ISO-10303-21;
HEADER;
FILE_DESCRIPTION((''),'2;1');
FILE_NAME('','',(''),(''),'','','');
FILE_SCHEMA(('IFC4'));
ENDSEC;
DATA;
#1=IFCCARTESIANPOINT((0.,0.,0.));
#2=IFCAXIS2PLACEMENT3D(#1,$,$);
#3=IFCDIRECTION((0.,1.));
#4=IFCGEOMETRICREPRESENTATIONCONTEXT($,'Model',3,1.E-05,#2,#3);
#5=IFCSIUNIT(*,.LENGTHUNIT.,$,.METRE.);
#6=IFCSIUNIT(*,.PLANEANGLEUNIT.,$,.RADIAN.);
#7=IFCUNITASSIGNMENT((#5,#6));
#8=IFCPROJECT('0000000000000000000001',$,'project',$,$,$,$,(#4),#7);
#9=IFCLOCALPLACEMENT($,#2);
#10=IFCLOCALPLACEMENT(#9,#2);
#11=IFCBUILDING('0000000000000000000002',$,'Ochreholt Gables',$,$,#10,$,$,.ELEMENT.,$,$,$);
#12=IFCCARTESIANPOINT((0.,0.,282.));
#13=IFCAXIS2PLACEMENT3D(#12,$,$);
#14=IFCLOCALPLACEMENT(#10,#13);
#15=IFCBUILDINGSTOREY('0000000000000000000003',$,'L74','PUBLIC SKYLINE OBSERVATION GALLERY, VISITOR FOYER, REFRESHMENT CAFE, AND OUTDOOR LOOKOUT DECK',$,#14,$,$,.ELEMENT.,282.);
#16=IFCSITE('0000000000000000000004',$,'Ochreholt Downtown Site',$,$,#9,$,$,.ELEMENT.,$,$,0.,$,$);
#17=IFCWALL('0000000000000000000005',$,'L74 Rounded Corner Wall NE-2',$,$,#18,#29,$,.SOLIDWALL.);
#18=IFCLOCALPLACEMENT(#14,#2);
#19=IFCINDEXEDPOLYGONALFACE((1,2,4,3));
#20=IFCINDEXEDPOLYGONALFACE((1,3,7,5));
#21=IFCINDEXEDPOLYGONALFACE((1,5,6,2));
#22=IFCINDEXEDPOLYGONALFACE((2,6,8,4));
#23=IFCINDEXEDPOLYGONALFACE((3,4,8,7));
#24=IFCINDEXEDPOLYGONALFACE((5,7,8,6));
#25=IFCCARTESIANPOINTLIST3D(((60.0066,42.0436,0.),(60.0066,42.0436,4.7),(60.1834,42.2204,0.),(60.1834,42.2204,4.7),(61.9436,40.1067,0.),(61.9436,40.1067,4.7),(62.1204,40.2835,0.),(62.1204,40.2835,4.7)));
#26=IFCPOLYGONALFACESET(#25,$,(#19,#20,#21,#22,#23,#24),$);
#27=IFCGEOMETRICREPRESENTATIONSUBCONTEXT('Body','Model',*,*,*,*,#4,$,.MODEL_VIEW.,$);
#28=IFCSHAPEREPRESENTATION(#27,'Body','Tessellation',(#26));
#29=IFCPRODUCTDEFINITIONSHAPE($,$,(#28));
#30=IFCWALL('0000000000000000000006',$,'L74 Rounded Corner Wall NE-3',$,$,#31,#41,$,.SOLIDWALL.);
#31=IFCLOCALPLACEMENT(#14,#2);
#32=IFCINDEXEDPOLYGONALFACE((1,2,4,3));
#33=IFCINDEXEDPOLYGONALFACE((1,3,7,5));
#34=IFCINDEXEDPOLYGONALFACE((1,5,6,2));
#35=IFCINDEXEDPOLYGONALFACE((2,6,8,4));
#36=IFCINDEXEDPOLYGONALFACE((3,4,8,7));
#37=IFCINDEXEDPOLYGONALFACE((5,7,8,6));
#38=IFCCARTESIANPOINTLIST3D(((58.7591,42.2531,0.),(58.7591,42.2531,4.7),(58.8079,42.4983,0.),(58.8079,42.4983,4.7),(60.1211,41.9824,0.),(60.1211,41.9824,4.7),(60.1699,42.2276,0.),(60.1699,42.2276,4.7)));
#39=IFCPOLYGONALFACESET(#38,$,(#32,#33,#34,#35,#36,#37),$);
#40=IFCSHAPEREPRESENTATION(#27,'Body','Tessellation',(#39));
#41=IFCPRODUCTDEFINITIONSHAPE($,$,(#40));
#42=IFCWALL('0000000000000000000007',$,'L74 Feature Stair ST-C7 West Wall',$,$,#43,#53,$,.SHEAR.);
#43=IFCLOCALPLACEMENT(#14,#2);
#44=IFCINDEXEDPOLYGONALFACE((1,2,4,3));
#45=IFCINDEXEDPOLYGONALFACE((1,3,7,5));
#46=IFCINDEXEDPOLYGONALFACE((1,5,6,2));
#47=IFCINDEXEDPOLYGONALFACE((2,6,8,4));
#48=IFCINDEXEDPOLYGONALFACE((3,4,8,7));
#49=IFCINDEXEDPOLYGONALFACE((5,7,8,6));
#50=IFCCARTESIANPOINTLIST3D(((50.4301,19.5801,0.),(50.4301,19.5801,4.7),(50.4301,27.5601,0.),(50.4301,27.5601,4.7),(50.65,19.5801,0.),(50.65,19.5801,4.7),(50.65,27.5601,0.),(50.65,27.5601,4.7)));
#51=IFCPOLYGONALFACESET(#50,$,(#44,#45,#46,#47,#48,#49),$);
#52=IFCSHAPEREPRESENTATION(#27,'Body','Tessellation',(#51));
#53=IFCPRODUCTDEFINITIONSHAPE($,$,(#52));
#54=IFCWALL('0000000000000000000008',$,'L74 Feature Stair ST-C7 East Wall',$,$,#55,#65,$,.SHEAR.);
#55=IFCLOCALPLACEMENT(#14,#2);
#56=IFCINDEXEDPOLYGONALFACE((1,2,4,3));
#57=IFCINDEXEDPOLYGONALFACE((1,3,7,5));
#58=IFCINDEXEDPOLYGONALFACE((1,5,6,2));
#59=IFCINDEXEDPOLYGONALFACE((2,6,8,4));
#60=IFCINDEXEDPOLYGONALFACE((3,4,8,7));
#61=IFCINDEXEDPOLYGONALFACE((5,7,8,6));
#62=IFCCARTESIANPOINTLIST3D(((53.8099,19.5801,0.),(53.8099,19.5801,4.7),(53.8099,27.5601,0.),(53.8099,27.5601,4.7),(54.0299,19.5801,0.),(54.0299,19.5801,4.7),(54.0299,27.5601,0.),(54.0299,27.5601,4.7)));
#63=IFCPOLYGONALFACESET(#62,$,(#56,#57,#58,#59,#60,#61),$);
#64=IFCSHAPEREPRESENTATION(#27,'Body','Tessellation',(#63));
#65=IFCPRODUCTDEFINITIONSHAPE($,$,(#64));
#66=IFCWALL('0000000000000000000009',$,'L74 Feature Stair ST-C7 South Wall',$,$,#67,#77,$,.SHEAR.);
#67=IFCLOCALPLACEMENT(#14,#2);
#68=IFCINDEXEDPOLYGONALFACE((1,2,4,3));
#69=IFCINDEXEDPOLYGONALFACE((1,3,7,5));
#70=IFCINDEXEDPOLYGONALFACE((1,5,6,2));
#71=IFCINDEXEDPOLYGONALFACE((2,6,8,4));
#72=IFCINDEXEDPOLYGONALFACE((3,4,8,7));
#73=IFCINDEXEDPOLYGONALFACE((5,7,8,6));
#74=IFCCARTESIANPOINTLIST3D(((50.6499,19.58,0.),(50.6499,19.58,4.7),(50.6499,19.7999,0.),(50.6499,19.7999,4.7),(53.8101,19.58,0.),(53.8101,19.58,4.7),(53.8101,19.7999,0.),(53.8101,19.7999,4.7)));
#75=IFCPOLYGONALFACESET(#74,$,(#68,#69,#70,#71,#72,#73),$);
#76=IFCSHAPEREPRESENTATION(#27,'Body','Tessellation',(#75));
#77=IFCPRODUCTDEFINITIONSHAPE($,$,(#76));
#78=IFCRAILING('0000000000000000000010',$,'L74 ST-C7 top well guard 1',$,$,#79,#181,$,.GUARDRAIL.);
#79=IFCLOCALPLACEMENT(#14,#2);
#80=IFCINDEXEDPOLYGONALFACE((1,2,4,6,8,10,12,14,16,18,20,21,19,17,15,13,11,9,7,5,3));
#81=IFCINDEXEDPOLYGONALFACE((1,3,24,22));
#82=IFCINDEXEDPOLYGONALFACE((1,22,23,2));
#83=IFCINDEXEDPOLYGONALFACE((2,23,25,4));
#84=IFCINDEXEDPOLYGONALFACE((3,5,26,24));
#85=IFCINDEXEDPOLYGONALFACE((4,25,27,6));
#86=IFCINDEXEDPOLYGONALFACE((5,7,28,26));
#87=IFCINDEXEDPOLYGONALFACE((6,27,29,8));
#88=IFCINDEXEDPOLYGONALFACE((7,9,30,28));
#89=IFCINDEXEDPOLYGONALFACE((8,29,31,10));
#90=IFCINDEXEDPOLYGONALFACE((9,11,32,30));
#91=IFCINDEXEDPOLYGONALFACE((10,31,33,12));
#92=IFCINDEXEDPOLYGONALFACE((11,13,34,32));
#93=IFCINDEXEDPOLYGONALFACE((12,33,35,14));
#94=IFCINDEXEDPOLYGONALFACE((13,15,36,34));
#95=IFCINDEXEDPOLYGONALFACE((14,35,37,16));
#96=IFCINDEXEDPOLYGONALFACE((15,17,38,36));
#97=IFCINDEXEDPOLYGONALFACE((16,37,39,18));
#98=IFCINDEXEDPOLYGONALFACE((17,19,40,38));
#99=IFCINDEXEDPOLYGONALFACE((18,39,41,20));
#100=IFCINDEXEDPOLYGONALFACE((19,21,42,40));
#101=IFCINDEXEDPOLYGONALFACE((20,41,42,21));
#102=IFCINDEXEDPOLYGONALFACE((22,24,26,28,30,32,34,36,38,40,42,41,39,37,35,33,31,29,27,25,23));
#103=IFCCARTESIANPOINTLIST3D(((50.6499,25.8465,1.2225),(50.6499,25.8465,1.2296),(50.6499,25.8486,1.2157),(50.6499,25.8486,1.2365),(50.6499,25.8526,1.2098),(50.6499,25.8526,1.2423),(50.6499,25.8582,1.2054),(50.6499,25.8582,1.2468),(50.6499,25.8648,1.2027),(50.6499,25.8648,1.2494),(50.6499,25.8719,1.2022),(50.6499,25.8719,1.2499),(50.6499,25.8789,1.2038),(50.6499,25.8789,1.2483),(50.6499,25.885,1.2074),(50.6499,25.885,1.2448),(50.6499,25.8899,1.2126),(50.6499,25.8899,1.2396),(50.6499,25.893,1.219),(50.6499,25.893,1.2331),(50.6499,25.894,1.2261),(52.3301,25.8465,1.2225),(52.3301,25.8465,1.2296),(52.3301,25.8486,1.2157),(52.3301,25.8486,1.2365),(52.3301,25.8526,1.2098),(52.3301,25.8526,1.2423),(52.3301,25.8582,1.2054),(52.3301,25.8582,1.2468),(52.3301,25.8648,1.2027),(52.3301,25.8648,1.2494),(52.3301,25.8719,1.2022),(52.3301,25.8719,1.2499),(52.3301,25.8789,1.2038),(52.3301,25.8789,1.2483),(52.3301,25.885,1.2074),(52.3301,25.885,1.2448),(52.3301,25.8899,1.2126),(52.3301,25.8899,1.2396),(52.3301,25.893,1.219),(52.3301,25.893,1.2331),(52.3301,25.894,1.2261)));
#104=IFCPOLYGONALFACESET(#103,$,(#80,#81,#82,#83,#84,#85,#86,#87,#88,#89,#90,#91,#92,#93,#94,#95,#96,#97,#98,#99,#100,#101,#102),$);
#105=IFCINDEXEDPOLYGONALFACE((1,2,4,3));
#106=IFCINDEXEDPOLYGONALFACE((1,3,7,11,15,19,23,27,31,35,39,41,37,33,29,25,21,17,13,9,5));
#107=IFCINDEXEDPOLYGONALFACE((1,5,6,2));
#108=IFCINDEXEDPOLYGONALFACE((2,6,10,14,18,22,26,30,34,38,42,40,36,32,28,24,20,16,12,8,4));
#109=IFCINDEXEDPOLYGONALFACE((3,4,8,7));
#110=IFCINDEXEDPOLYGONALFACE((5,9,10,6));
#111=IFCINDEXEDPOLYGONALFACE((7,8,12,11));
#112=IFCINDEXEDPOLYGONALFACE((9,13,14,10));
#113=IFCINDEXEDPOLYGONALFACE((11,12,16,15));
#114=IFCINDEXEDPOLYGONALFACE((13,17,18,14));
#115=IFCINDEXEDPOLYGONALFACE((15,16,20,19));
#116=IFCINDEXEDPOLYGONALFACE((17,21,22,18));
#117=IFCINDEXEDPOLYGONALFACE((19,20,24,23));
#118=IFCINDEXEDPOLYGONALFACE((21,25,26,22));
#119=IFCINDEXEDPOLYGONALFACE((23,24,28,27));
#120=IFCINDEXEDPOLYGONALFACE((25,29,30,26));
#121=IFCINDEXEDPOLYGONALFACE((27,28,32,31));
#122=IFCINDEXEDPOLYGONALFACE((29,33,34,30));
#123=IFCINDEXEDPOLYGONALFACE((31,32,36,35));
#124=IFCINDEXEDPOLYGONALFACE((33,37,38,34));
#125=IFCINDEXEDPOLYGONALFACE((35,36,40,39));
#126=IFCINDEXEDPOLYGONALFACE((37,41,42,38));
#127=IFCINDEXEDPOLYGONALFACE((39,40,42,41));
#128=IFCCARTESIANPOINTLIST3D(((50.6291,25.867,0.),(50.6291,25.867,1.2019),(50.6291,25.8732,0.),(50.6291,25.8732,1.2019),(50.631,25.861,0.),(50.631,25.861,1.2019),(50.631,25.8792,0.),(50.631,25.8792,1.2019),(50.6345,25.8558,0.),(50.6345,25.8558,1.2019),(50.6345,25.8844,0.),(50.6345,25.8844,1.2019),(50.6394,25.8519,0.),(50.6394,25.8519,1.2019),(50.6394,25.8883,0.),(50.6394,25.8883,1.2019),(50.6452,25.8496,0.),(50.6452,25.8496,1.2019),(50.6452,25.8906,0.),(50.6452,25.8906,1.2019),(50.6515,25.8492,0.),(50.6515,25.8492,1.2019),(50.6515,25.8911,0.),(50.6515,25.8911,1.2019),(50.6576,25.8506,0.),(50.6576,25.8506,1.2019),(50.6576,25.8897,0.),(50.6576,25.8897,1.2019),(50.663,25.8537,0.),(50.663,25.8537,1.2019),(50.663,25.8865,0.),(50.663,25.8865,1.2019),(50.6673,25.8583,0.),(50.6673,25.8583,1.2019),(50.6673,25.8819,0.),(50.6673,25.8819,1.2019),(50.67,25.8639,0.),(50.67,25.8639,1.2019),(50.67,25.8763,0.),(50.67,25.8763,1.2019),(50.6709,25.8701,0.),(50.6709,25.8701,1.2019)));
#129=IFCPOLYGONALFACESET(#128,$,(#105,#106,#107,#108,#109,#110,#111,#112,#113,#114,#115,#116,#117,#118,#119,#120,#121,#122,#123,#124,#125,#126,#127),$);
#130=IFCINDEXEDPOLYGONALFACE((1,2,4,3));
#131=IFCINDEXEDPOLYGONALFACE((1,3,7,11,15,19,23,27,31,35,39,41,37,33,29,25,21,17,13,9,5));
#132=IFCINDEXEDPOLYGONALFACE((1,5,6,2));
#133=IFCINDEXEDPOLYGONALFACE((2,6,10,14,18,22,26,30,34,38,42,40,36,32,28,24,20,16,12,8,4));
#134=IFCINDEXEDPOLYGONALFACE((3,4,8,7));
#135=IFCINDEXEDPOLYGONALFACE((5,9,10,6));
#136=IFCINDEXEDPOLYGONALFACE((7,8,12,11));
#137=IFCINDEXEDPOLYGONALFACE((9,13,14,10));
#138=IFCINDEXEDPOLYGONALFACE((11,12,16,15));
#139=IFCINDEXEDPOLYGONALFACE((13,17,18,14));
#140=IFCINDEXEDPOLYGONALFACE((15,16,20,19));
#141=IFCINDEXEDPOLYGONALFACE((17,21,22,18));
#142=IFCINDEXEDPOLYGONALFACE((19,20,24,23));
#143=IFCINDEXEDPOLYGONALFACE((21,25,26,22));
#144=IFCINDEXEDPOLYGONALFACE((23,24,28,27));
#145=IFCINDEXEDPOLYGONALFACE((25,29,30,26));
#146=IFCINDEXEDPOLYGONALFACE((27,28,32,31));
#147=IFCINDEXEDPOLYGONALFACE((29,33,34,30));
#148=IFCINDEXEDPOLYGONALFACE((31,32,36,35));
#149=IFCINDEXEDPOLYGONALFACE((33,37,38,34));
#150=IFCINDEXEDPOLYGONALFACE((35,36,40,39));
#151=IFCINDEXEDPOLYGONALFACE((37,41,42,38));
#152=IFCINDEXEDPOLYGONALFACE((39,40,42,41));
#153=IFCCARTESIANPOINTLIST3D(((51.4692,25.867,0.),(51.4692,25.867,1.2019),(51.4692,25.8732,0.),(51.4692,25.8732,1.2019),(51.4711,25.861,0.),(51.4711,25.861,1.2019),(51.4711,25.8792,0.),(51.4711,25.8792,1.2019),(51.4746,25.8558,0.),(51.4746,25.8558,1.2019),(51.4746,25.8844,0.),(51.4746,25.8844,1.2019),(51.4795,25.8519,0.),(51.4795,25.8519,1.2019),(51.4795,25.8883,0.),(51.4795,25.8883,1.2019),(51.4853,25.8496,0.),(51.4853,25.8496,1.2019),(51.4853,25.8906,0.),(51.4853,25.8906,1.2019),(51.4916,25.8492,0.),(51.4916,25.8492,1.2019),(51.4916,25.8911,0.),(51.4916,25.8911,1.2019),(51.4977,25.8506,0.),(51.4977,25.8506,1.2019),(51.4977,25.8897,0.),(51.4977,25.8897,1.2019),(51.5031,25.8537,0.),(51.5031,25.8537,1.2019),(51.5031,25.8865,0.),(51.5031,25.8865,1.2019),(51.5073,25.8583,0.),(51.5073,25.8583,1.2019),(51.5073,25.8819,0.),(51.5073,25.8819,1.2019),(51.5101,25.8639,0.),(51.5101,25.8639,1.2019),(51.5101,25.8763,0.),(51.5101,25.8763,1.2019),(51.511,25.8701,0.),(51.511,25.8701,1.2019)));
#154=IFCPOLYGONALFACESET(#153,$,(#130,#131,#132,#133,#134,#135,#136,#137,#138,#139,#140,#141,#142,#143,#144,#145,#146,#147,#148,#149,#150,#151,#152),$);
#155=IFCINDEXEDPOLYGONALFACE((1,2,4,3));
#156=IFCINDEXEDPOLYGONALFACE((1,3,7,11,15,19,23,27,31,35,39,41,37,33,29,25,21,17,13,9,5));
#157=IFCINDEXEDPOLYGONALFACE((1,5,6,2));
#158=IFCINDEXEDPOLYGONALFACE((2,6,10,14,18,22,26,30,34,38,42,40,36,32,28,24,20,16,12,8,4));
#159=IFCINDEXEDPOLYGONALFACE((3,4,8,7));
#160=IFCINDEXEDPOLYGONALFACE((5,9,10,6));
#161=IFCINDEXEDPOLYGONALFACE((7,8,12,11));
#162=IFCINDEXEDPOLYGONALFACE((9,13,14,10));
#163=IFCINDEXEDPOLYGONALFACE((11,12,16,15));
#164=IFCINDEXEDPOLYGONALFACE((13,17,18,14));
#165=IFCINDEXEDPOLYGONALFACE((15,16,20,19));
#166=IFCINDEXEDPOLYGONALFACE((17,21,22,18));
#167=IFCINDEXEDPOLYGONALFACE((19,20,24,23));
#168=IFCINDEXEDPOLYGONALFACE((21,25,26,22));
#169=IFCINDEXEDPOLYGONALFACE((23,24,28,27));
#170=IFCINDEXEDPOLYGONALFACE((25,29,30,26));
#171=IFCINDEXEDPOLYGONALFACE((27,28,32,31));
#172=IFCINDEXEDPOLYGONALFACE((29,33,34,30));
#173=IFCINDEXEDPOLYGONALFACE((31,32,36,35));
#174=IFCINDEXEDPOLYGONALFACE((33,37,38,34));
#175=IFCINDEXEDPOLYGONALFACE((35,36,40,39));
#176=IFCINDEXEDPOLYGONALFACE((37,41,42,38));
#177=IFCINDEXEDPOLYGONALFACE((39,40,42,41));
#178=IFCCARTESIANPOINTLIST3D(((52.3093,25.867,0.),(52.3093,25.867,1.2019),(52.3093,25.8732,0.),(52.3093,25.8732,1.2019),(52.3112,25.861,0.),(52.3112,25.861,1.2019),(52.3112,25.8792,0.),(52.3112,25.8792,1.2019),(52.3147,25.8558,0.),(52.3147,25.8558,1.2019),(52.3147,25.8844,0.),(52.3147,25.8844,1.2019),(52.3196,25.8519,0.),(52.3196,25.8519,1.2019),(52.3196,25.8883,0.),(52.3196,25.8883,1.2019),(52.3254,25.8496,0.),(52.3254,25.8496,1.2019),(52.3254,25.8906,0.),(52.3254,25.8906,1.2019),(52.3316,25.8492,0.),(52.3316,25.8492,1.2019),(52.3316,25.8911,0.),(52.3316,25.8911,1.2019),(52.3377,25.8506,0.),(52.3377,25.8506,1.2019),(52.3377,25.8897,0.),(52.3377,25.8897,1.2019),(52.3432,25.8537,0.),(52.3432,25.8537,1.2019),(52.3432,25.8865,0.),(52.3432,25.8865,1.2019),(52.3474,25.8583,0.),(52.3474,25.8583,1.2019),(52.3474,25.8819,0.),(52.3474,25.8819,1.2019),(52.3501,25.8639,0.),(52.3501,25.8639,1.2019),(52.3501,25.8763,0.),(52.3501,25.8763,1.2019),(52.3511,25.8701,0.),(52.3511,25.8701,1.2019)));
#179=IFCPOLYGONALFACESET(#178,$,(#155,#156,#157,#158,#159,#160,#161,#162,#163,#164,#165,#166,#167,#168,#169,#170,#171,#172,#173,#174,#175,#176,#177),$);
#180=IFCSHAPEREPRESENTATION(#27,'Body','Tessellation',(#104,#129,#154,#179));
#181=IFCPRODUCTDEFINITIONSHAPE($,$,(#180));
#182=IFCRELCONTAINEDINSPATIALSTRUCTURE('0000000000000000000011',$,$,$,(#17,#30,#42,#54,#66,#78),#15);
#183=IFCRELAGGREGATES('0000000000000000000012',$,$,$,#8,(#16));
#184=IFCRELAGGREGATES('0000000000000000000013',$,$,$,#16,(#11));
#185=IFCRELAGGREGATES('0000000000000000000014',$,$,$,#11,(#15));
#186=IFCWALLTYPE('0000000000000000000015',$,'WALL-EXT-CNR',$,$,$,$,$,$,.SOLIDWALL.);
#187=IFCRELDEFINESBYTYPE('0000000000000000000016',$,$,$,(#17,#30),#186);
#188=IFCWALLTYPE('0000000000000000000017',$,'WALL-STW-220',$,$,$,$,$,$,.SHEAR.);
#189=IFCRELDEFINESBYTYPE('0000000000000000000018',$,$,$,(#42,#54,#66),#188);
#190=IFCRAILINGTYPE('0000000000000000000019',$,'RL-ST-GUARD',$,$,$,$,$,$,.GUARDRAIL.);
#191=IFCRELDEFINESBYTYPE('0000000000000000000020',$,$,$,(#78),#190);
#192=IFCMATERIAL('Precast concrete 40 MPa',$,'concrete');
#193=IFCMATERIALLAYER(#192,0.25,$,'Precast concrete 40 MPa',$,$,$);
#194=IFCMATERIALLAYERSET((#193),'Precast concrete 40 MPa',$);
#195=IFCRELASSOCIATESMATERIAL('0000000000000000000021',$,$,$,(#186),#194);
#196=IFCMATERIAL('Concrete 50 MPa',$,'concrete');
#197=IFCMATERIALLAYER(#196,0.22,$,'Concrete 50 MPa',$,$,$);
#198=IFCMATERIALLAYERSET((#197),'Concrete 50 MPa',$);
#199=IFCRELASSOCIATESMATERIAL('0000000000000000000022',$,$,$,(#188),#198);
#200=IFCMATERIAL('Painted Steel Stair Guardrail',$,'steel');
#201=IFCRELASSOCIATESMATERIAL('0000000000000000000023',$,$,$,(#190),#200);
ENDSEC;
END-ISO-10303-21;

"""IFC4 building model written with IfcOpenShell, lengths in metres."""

from ifc_helpers import new_model, si_unit, direction, frame, frame_2d, origin, origin_2d, place, context, subcontext, project, spatial, rectangle, circle, extrude, material, layer, layer_set, type_object, element, save


model = new_model("IFC4")

# Units and contexts
model_context = context("Model", 3, precision=1e-05, world=origin(), true_north=direction((0.0, 1.0)))
body_context = subcontext(model_context, "Body", "Model", "MODEL_VIEW")
ifc_project = project(units=[si_unit("LENGTHUNIT", "METRE"), si_unit("PLANEANGLEUNIT", "RADIAN")], contexts=[model_context])

# Site, building, storey
site_placement = place(None, origin())
site = spatial("IfcSite", under=ifc_project, at=site_placement, Name="Ochreholt Downtown Site", CompositionType="ELEMENT", RefElevation=0.0)
building_placement = place(site_placement, origin())
building = spatial("IfcBuilding", under=site, at=building_placement, Name="Ochreholt Gables", CompositionType="ELEMENT")
storey_placement = place(building_placement, frame((0.0, 0.0, 282.0)))
storey = spatial("IfcBuildingStorey", under=building, at=storey_placement, Name="L74", Description="PUBLIC SKYLINE OBSERVATION GALLERY, VISITOR FOYER, REFRESHMENT CAFE, AND OUTDOOR LOOKOUT DECK", CompositionType="ELEMENT", Elevation=282.0)

# Shared definitions
ifc_material_1 = material(Name="Precast concrete 40 MPa", Category="concrete")

# Walls
ifc_layer_1 = layer(ifc_material_1, 0.25, Name="Precast concrete 40 MPa")
ifc_layer_set_1 = layer_set([ifc_layer_1], Name="Precast concrete 40 MPa")
wall_type_1 = type_object("IfcWallType", Name="WALL-EXT-CNR", PredefinedType="SOLIDWALL", material=ifc_layer_set_1)
wall_1_placement = place(storey_placement, frame((62.032, 40.1951, 0.0), z_axis=(0.0, 0.0, 1.0), x_axis=(-0.707107, 0.707107, 0.0)))
element("IfcWall", 1, at=wall_1_placement, inside=storey, type_object=wall_type_1, Name="L74 Rounded Corner Wall NE-2", PredefinedType="SOLIDWALL", context=body_context, shape_type="SweptSolid", body=[
    extrude(rectangle(XDim=2.7393, YDim=0.25, at=frame_2d((1.3696, 0.0))), origin(), (0.0, 0.0, 1.0), 4.7),
])
wall_2_placement = place(storey_placement, frame((60.1455, 42.105, 0.0), z_axis=(0.0, 0.0, 1.0), x_axis=(-0.98081, 0.194967, 0.0)))
element("IfcWall", 2, at=wall_2_placement, inside=storey, type_object=wall_type_1, Name="L74 Rounded Corner Wall NE-3", PredefinedType="SOLIDWALL", context=body_context, shape_type="SweptSolid", body=[
    extrude(rectangle(XDim=1.3887, YDim=0.25, at=frame_2d((0.6943, 0.0))), origin(), (0.0, 0.0, 1.0), 4.7),
])
ifc_material_2 = material(Name="Concrete 50 MPa", Category="concrete")
ifc_layer_2 = layer(ifc_material_2, 0.22, Name="Concrete 50 MPa")
ifc_layer_set_2 = layer_set([ifc_layer_2], Name="Concrete 50 MPa")
wall_type_2 = type_object("IfcWallType", Name="WALL-STW-220", PredefinedType="SHEAR", material=ifc_layer_set_2)
for number, where, z_axis, x_axis, name in (
    (3, (50.54, 19.5801, 0.0), (0.0, 0.0, 1.0), (0.0, 1.0, 0.0), "L74 Feature Stair ST-C7 West Wall"),
    (4, (53.9199, 19.5801, 0.0), (0.0, 0.0, 1.0), (0.0, 1.0, 0.0), "L74 Feature Stair ST-C7 East Wall"),
):
    element("IfcWall", number, at=place(storey_placement, frame(where, z_axis=z_axis, x_axis=x_axis)), inside=storey, type_object=wall_type_2, Name=name, PredefinedType="SHEAR", context=body_context, shape_type="SweptSolid", body=[
        extrude(rectangle(XDim=7.98, YDim=0.22, at=frame_2d((3.99, 0.0))), origin(), (0.0, 0.0, 1.0), 4.7),
    ])
wall_3_placement = place(storey_placement, frame((50.6499, 19.6899, 0.0), z_axis=(0.0, 0.0, 1.0), x_axis=(1.0, 0.0, 0.0)))
element("IfcWall", 5, at=wall_3_placement, inside=storey, type_object=wall_type_2, Name="L74 Feature Stair ST-C7 South Wall", PredefinedType="SHEAR", context=body_context, shape_type="SweptSolid", body=[
    extrude(rectangle(XDim=3.1602, YDim=0.22, at=frame_2d((1.5801, 0.0))), origin(), (0.0, 0.0, 1.0), 4.7),
])

# Railing
ifc_material_3 = material(Name="Painted Steel Stair Guardrail", Category="steel")
railing_type = type_object("IfcRailingType", Name="RL-ST-GUARD", PredefinedType="GUARDRAIL", material=ifc_material_3)
railing_placement = place(storey_placement, frame((50.6499, 25.8701, 0.0)))
element("IfcRailing", 6, at=railing_placement, inside=storey, type_object=railing_type, Name="L74 ST-C7 top well guard 1", PredefinedType="GUARDRAIL", context=body_context, shape_type="SweptSolid", body=[
    extrude(circle(Radius=0.0239, at=origin_2d()), frame((0.0, 0.0, 1.2261), z_axis=(1.0, 0.0, 0.0), x_axis=(0.0, 1.0, 0.0)), (0.0, 0.0, 1.0), 1.6802),
    extrude(circle(Radius=0.021, at=origin_2d()), origin(), (0.0, 0.0, 1.0), 1.2019),
    extrude(circle(Radius=0.021, at=origin_2d()), frame((0.8401, 0.0, 0.0)), (0.0, 0.0, 1.0), 1.2019),
    extrude(circle(Radius=0.021, at=origin_2d()), frame((1.6802, 0.0, 0.0)), (0.0, 0.0, 1.0), 1.2019),
])

save(model, "model.ifc")
